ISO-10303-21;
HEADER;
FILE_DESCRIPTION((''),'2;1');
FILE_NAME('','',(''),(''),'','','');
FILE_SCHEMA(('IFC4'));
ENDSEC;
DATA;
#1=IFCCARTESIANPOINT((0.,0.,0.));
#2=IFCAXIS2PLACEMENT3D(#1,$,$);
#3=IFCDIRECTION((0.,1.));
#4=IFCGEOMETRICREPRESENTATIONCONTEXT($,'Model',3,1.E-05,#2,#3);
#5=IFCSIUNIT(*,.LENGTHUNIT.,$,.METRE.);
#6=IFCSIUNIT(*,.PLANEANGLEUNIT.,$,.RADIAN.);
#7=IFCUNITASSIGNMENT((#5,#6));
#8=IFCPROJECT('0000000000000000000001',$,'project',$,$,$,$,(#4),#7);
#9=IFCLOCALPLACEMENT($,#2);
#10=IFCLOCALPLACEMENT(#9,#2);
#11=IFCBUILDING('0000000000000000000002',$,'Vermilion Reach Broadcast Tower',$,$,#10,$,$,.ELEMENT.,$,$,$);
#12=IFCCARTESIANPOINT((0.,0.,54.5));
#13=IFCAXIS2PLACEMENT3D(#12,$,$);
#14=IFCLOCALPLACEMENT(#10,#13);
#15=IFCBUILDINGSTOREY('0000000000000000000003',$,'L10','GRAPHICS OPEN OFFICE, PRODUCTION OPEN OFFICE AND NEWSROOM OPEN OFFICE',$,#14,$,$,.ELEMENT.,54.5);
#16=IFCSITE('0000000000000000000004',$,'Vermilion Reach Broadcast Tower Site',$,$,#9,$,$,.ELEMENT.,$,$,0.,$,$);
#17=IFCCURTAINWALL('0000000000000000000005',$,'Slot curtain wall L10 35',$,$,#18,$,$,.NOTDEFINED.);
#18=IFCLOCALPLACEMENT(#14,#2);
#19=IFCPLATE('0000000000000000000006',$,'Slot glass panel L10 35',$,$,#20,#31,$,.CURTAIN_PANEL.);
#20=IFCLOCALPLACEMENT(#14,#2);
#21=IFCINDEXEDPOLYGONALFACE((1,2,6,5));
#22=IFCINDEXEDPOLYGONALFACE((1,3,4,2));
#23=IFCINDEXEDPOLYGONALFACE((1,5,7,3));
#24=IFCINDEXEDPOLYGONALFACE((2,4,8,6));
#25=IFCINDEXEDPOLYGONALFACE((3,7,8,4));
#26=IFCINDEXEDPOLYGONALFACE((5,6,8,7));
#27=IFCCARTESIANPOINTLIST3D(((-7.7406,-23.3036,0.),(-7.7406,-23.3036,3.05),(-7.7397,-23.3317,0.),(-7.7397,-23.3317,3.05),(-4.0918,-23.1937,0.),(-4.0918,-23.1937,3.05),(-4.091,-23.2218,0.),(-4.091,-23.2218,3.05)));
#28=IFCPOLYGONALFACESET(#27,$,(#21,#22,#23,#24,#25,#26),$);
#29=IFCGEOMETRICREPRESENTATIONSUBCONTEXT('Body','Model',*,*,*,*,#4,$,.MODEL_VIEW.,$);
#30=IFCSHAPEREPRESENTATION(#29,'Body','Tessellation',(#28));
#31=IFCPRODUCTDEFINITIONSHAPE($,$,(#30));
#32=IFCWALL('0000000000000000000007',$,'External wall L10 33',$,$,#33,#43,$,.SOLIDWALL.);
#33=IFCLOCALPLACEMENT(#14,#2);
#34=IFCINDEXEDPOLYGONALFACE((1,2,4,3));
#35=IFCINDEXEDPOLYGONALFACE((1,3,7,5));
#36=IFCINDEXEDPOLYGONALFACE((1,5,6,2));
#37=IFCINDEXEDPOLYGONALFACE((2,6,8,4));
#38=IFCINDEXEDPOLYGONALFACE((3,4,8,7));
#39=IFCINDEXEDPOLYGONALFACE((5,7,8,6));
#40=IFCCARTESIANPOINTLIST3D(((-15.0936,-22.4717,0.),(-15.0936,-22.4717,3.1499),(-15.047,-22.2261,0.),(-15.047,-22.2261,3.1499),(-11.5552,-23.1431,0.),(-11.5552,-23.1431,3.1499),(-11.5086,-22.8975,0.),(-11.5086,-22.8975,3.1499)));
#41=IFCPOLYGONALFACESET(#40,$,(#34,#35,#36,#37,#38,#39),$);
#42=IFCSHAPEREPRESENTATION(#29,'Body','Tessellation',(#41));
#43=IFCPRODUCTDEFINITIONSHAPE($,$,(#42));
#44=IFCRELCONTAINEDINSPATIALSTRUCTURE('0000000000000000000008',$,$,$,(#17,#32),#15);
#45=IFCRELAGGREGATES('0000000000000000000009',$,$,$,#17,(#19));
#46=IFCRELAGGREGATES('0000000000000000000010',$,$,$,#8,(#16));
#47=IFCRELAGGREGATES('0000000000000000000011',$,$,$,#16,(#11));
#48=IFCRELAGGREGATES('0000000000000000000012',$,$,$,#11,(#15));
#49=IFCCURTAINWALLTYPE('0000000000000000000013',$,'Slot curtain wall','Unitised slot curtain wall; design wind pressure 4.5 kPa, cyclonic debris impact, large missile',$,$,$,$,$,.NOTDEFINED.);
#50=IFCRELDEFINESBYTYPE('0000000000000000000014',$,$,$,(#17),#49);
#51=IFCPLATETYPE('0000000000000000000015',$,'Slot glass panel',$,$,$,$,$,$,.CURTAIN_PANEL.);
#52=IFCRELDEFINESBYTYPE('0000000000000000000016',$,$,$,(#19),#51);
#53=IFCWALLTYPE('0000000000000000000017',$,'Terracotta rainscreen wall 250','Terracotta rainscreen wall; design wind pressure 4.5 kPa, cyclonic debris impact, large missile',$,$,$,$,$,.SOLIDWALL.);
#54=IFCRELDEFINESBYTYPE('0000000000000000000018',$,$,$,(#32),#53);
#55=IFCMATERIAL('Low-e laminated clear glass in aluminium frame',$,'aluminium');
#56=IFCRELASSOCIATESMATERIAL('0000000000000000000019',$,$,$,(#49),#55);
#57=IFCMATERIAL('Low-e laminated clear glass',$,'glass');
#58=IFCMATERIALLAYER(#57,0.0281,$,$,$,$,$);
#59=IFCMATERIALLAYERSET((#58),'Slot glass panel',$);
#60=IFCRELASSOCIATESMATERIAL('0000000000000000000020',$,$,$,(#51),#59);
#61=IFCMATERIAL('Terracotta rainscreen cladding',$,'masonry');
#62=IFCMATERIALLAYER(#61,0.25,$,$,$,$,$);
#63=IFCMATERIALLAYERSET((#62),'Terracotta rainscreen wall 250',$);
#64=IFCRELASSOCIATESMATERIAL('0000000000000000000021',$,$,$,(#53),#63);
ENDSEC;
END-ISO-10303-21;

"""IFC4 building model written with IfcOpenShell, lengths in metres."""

from ifc_helpers import new_model, si_unit, direction, frame, frame_2d, origin, origin_2d, place, context, subcontext, project, spatial, rectangle, extrude, material, layer, layer_set, type_object, element, aggregate, save


model = new_model("IFC4")

# Units and contexts
model_context = context("Model", 3, precision=1e-05, world=origin(), true_north=direction((0.0, 1.0)))
body_context = subcontext(model_context, "Body", "Model", "MODEL_VIEW")
ifc_project = project(units=[si_unit("LENGTHUNIT", "METRE"), si_unit("PLANEANGLEUNIT", "RADIAN")], contexts=[model_context])

# Site, building, storey
site_placement = place(None, origin())
site = spatial("IfcSite", under=ifc_project, at=site_placement, Name="Vermilion Reach Broadcast Tower Site", CompositionType="ELEMENT", RefElevation=0.0)
building_placement = place(site_placement, origin())
building = spatial("IfcBuilding", under=site, at=building_placement, Name="Vermilion Reach Broadcast Tower", CompositionType="ELEMENT")
storey_placement = place(building_placement, frame((0.0, 0.0, 54.5)))
storey = spatial("IfcBuildingStorey", under=building, at=storey_placement, Name="L10", Description="GRAPHICS OPEN OFFICE, PRODUCTION OPEN OFFICE AND NEWSROOM OPEN OFFICE", CompositionType="ELEMENT", Elevation=54.5)

# Curtain wall
ifc_material_1 = material(Name="Low-e laminated clear glass in aluminium frame", Category="aluminium")
curtain_wall_type = type_object("IfcCurtainWallType", Name="Slot curtain wall", Description="Unitised slot curtain wall; design wind pressure 4.5 kPa, cyclonic debris impact, large missile", PredefinedType="NOTDEFINED", material=ifc_material_1)
placement = place(storey_placement, origin())
curtain_wall_1 = element("IfcCurtainWall", 1, at=placement, inside=storey, type_object=curtain_wall_type, Name="Slot curtain wall L10 35", PredefinedType="NOTDEFINED")

# Plate
ifc_material_2 = material(Name="Low-e laminated clear glass", Category="glass")
ifc_layer_1 = layer(ifc_material_2, 0.0281)
ifc_layer_set_1 = layer_set([ifc_layer_1], Name="Slot glass panel")
plate_type = type_object("IfcPlateType", Name="Slot glass panel", PredefinedType="CURTAIN_PANEL", material=ifc_layer_set_1)
plate_1_placement = place(storey_placement, frame((-5.9158, -23.2627, 0.0), z_axis=(0.0, 0.0, 1.0), x_axis=(0.999546, 0.030114, 0.0)))
plate_1 = element("IfcPlate", 2, at=plate_1_placement, type_object=plate_type, Name="Slot glass panel L10 35", PredefinedType="CURTAIN_PANEL", context=body_context, shape_type="SweptSolid", body=[
    extrude(rectangle(XDim=3.6504, YDim=0.0281, at=origin_2d()), origin(), (0.0, 0.0, 1.0), 3.05),
])
aggregate(curtain_wall_1, [plate_1])

# Wall
ifc_material_3 = material(Name="Terracotta rainscreen cladding", Category="masonry")
ifc_layer_2 = layer(ifc_material_3, 0.25)
ifc_layer_set_2 = layer_set([ifc_layer_2], Name="Terracotta rainscreen wall 250")
wall_type = type_object("IfcWallType", Name="Terracotta rainscreen wall 250", Description="Terracotta rainscreen wall; design wind pressure 4.5 kPa, cyclonic debris impact, large missile", PredefinedType="SOLIDWALL", material=ifc_layer_set_2)
wall_placement = place(storey_placement, frame((-15.0703, -22.3489, 0.0), z_axis=(0.0, 0.0, 1.0), x_axis=(0.98247, -0.186421, 0.0)))
element("IfcWall", 3, at=wall_placement, inside=storey, type_object=wall_type, Name="External wall L10 33", PredefinedType="SOLIDWALL", context=body_context, shape_type="SweptSolid", body=[
    extrude(rectangle(XDim=3.6016, YDim=0.25, at=frame_2d((1.8008, 0.0))), origin(), (0.0, 0.0, 1.0), 3.1499),
])

save(model, "model.ifc")
